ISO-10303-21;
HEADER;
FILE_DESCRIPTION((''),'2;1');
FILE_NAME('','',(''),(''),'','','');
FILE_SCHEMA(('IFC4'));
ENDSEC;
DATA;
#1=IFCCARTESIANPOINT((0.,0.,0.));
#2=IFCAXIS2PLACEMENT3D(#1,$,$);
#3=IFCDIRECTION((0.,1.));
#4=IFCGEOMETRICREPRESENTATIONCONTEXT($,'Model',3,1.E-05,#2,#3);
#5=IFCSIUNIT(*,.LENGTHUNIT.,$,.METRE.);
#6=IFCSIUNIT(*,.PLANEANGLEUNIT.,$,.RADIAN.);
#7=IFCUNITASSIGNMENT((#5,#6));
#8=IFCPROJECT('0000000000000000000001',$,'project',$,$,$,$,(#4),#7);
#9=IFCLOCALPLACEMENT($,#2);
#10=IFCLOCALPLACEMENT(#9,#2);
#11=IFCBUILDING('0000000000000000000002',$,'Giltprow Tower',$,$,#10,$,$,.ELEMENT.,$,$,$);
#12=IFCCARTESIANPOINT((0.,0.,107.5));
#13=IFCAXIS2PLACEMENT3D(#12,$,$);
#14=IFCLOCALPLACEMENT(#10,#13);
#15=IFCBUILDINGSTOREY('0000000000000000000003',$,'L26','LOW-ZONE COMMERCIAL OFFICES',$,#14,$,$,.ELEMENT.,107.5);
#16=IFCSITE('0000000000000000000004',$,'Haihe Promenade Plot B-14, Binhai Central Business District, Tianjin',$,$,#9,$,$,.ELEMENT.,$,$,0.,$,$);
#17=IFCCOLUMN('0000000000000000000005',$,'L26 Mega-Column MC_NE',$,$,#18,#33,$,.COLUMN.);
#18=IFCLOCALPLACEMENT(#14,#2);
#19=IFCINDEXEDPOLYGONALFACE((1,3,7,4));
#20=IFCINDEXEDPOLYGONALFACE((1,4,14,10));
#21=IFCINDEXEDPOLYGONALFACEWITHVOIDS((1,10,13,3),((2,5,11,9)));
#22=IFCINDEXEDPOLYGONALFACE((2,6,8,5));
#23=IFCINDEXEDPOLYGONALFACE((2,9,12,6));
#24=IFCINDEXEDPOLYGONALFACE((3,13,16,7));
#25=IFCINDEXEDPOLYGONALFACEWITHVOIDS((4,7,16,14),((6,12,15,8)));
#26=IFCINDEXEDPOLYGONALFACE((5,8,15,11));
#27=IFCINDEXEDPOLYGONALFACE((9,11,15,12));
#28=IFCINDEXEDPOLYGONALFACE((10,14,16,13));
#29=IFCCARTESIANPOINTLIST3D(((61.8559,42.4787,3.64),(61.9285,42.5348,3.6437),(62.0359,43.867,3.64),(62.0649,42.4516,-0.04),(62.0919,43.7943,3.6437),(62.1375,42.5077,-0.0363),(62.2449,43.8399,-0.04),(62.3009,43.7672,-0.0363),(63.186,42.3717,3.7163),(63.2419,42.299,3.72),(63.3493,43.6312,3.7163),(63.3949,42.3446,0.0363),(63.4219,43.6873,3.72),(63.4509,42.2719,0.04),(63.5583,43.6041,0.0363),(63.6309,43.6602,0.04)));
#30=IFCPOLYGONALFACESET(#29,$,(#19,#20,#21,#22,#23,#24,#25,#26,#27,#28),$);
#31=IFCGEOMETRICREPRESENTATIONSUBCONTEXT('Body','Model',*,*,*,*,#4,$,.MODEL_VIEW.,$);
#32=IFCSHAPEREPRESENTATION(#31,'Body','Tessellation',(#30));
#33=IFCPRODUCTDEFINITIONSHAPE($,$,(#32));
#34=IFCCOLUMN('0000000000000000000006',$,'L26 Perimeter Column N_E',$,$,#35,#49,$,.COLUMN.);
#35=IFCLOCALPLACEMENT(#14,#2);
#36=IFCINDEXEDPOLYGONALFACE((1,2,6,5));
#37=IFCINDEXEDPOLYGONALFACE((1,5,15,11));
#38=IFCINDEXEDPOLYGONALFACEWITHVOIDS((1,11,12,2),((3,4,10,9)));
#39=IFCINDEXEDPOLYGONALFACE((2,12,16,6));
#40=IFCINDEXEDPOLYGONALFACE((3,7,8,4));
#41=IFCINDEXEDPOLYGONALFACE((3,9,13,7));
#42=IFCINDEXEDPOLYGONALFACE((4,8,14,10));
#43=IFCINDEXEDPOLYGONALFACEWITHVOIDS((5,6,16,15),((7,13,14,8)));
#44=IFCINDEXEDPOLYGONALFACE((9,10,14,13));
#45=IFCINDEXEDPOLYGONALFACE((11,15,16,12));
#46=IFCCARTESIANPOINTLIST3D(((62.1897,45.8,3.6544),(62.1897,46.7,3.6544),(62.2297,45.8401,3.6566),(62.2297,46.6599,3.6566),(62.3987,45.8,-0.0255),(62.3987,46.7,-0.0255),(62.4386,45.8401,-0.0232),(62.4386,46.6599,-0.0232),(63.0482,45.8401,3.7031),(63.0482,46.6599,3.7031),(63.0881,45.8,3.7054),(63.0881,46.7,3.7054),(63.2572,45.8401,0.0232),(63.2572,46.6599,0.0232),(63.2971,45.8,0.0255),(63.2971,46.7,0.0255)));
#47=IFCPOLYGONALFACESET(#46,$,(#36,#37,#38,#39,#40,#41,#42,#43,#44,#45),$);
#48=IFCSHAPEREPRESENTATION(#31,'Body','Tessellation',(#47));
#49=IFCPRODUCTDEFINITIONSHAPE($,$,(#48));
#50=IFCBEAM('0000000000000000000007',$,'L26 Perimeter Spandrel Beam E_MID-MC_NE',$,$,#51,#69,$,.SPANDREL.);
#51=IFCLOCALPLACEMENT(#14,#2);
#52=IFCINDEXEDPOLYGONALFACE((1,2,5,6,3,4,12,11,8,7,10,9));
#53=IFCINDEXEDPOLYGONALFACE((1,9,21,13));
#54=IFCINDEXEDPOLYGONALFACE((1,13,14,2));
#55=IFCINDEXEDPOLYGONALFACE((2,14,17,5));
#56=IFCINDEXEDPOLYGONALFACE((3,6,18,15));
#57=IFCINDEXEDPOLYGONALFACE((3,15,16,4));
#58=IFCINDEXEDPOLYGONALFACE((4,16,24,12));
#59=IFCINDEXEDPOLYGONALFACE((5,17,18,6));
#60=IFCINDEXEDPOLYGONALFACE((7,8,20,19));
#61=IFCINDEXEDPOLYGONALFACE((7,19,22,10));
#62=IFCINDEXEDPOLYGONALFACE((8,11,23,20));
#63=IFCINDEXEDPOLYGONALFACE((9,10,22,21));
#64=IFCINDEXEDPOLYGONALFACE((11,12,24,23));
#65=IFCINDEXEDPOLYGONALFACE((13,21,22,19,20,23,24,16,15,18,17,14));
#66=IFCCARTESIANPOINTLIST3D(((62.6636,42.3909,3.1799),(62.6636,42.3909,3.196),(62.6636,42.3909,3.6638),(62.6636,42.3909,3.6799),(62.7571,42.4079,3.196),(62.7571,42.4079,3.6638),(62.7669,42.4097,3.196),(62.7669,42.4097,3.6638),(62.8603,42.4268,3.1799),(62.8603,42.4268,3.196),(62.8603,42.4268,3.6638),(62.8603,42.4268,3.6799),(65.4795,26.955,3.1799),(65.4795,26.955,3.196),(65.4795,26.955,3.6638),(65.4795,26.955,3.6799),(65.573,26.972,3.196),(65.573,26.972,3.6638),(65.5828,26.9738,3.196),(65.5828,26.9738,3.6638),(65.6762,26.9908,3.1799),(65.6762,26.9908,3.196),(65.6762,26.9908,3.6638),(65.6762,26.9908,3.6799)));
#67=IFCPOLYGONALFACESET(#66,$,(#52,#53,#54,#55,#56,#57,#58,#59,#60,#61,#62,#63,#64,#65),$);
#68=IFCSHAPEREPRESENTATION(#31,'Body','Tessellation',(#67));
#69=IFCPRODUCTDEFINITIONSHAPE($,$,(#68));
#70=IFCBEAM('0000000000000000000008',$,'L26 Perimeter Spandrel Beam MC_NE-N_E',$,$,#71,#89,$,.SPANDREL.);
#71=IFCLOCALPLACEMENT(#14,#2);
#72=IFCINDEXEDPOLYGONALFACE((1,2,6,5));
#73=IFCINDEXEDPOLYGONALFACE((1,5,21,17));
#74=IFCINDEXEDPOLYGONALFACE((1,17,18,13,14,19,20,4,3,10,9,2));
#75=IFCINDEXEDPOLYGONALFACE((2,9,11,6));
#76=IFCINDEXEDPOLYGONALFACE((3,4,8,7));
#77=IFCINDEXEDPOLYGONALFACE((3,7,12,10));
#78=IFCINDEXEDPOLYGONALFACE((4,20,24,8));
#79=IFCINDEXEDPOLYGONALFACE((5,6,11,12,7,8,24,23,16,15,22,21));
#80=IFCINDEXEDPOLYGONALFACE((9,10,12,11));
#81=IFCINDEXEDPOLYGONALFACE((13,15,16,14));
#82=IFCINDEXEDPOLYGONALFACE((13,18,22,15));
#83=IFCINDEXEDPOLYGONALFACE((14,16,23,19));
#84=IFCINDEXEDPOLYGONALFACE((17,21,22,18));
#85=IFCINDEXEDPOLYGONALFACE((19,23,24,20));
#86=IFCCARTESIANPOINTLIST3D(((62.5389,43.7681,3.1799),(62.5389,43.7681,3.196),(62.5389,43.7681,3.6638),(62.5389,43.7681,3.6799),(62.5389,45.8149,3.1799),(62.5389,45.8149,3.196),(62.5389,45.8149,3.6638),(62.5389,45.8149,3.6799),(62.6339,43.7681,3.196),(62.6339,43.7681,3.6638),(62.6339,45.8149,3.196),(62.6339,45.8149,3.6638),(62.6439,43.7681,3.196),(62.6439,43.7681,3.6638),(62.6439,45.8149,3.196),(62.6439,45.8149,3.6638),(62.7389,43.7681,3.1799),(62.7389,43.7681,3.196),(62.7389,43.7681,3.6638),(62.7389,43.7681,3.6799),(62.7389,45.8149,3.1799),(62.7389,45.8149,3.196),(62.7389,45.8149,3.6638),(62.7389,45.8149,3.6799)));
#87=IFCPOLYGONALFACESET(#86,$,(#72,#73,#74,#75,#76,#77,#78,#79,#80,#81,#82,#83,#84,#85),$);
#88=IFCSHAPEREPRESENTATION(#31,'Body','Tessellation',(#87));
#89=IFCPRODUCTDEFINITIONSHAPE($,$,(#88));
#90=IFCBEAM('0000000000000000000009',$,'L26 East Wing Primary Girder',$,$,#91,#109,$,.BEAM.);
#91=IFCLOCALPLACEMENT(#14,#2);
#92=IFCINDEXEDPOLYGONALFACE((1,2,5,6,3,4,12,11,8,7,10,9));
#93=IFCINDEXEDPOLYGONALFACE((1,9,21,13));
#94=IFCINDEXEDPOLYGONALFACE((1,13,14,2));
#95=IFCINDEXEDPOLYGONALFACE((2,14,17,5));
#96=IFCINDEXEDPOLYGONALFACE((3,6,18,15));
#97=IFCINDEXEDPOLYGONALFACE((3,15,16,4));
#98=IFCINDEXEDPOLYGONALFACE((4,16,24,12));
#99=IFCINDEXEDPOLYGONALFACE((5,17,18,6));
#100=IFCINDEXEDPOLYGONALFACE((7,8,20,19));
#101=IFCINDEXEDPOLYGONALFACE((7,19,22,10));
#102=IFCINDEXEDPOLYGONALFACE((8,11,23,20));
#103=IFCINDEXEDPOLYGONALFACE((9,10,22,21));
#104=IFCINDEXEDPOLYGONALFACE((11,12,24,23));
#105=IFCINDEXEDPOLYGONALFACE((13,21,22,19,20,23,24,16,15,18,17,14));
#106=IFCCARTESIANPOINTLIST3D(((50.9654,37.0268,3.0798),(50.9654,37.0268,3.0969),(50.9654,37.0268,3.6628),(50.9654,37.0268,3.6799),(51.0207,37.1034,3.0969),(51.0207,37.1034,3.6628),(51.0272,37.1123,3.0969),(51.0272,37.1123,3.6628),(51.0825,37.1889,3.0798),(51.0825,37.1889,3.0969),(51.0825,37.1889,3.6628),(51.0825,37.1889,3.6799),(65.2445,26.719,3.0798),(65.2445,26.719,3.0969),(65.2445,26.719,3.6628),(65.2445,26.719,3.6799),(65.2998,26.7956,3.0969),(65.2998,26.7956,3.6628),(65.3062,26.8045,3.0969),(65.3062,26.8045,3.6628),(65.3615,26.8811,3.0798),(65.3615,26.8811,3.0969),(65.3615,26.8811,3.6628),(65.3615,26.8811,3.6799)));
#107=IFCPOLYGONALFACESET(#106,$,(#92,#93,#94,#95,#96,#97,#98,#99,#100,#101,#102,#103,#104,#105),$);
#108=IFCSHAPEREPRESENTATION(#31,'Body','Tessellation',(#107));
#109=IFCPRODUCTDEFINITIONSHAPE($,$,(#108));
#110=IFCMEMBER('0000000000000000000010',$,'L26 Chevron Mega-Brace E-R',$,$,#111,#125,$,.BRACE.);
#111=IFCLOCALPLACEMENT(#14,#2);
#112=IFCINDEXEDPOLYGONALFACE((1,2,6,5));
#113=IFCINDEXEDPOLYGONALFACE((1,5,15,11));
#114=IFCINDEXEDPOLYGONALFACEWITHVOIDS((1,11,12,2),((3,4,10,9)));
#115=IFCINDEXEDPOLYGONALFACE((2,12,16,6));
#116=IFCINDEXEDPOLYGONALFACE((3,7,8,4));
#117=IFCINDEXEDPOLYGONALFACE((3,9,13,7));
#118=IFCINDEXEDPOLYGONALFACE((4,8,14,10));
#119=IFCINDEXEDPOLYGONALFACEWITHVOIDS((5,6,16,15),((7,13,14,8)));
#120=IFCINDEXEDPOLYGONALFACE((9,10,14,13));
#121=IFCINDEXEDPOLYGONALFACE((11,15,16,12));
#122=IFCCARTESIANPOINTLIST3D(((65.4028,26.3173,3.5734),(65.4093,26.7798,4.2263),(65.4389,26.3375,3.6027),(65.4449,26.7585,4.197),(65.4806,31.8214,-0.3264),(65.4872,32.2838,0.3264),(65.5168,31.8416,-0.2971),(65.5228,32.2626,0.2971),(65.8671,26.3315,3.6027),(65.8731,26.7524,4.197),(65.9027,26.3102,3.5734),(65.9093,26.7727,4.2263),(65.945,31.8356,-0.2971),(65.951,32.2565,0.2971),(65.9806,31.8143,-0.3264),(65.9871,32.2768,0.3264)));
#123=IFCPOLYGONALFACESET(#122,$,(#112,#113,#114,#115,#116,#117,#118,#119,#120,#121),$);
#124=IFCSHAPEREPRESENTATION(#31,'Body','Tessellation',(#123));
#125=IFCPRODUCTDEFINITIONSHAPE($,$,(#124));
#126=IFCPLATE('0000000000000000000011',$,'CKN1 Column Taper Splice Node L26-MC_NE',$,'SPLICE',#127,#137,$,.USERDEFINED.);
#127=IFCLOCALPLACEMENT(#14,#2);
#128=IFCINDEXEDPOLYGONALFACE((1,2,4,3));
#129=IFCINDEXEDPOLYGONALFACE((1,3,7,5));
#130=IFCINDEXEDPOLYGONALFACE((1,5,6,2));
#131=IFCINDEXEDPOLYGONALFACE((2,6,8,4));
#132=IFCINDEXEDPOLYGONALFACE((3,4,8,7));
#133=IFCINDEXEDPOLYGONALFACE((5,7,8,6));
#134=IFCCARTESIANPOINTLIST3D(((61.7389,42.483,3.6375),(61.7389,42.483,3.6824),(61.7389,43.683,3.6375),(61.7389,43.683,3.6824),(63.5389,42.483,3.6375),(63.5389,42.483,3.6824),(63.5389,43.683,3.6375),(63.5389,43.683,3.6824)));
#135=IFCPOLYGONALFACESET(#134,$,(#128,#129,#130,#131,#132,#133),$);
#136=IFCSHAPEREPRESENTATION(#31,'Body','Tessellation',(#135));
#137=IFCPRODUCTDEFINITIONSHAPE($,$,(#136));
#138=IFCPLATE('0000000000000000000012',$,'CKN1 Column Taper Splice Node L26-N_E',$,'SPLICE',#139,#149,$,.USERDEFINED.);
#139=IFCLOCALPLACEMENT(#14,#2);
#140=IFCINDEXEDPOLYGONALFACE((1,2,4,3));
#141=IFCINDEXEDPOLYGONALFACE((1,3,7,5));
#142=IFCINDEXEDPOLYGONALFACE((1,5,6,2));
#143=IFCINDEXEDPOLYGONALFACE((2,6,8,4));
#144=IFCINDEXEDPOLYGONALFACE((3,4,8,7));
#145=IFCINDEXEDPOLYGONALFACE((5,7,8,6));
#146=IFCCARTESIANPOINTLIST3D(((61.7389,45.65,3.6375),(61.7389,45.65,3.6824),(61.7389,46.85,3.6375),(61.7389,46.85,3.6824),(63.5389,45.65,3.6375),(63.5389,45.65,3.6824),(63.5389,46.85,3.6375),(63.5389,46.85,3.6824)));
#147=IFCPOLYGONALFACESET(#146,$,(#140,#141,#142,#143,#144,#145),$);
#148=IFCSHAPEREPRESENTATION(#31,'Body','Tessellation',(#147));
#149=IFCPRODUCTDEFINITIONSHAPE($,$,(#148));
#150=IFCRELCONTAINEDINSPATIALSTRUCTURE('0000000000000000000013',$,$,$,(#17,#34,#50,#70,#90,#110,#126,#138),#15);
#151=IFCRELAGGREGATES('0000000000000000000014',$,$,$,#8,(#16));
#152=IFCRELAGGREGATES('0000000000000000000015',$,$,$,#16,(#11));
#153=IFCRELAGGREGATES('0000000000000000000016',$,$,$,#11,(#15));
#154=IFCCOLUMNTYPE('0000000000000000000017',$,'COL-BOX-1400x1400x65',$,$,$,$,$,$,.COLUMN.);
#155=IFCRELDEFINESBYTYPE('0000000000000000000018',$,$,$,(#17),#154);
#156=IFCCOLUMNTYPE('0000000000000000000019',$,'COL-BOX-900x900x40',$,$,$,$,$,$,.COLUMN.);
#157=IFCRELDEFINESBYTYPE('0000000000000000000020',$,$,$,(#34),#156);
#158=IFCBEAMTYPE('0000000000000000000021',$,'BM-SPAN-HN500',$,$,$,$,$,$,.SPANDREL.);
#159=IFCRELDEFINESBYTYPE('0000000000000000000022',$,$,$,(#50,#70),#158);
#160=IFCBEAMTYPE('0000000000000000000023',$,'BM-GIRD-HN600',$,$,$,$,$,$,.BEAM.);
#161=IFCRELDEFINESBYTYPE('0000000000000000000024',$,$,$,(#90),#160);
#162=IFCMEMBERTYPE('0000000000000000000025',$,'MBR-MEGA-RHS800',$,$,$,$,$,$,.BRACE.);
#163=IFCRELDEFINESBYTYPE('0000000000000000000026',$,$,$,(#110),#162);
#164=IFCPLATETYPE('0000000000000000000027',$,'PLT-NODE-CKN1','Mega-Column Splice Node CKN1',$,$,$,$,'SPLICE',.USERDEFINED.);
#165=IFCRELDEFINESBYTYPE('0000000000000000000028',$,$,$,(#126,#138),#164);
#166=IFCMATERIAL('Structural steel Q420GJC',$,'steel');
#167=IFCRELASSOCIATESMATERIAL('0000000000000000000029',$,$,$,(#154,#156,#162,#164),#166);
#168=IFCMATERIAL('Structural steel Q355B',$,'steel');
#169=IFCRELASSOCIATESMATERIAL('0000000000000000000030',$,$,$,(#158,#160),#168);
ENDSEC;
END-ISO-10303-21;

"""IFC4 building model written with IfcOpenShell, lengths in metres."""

from ifc_helpers import new_model, si_unit, direction, frame, origin, origin_2d, place, context, subcontext, project, spatial, rectangle, hollow_rectangle, i_section, extrude, source, transform, mapped, material, material_profile, profile_set, type_object, element, save


model = new_model("IFC4")

# Units and contexts
model_context = context("Model", 3, precision=1e-05, world=origin(), true_north=direction((0.0, 1.0)))
body_context = subcontext(model_context, "Body", "Model", "MODEL_VIEW")
ifc_project = project(units=[si_unit("LENGTHUNIT", "METRE"), si_unit("PLANEANGLEUNIT", "RADIAN")], contexts=[model_context])

# Site, building, storey
site_placement = place(None, origin())
site = spatial("IfcSite", under=ifc_project, at=site_placement, Name="Haihe Promenade Plot B-14, Binhai Central Business District, Tianjin", CompositionType="ELEMENT", RefElevation=0.0)
building_placement = place(site_placement, origin())
building = spatial("IfcBuilding", under=site, at=building_placement, Name="Giltprow Tower", CompositionType="ELEMENT")
storey_placement = place(building_placement, frame((0.0, 0.0, 107.5)))
storey = spatial("IfcBuildingStorey", under=building, at=storey_placement, Name="L26", Description="LOW-ZONE COMMERCIAL OFFICES", CompositionType="ELEMENT", Elevation=107.5)

# Columns
ifc_material_1 = material(Name="Structural steel Q420GJC", Category="steel")
ifc_material_profile_1 = material_profile(ifc_material_1, hollow_rectangle(XDim=1.3999, YDim=1.3999, WallThickness=0.0649, at=origin_2d()), Name="BOX 1400x1400x65")
ifc_profile_set_1 = profile_set([ifc_material_profile_1], Name="Structural steel Q420GJC")
column_type_1 = type_object("IfcColumnType", Name="COL-BOX-1400x1400x65", PredefinedType="COLUMN", material=ifc_profile_set_1)
shared_shape_1 = source(origin(), body_context, "Body", "SweptSolid", [
    extrude(hollow_rectangle(XDim=1.3999, YDim=1.3999, WallThickness=0.0649, at=origin_2d()), origin(), (0.0, 0.0, 1.0), 3.686),
])
column_1_placement = place(storey_placement, frame((62.8479, 43.0559, 0.0), z_axis=(-0.056697, 0.007352, 0.998364), x_axis=(-0.128596, -0.991697, 0.0)))
element("IfcColumn", 1, at=column_1_placement, inside=storey, type_object=column_type_1, Name="L26 Mega-Column MC_NE", PredefinedType="COLUMN", context=body_context, shape_type="MappedRepresentation", body=[
    mapped(shared_shape_1, transform((0.0, 0.0, 0.0), x_axis=(1.0, 0.0, 0.0), y_axis=(0.0, 1.0, 0.0), z_axis=(0.0, 0.0, 1.0), scale=1.0)),
])
ifc_material_profile_2 = material_profile(ifc_material_1, hollow_rectangle(XDim=0.8999, YDim=0.8999, WallThickness=0.04, at=origin_2d()), Name="BOX 900x900x40")
ifc_profile_set_2 = profile_set([ifc_material_profile_2], Name="Structural steel Q420GJC")
column_type_2 = type_object("IfcColumnType", Name="COL-BOX-900x900x40", PredefinedType="COLUMN", material=ifc_profile_set_2)
shared_shape_2 = source(origin(), body_context, "Body", "SweptSolid", [
    extrude(hollow_rectangle(XDim=0.8999, YDim=0.8999, WallThickness=0.04, at=origin_2d()), origin(), (0.0, 0.0, 1.0), 3.6858),
])
column_2_placement = place(storey_placement, frame((62.8479, 46.25, 0.0), z_axis=(-0.056699, 0.0, 0.998391), x_axis=(0.0, -1.0, 0.0)))
element("IfcColumn", 2, at=column_2_placement, inside=storey, type_object=column_type_2, Name="L26 Perimeter Column N_E", PredefinedType="COLUMN", context=body_context, shape_type="MappedRepresentation", body=[
    mapped(shared_shape_2, transform((0.0, 0.0, 0.0), x_axis=(1.0, 0.0, 0.0), y_axis=(0.0, 1.0, 0.0), z_axis=(0.0, 0.0, 1.0), scale=1.0)),
])

# Beams
ifc_material_2 = material(Name="Structural steel Q355B", Category="steel")
ifc_material_profile_3 = material_profile(ifc_material_2, i_section(OverallWidth=0.2, OverallDepth=0.5, WebThickness=0.01, FlangeThickness=0.0161, at=origin_2d()), Name="HN 500x200x10x16")
ifc_profile_set_3 = profile_set([ifc_material_profile_3], Name="Structural steel Q355B")
beam_type_1 = type_object("IfcBeamType", Name="BM-SPAN-HN500", PredefinedType="SPANDREL", material=ifc_profile_set_3)
shared_shape_3 = source(origin(), body_context, "Body", "SweptSolid", [
    extrude(i_section(OverallWidth=0.2, OverallDepth=0.5, WebThickness=0.01, FlangeThickness=0.0161, at=origin_2d()), origin(), (0.0, 0.0, 1.0), 15.6907),
])
beam_1_placement = place(storey_placement, frame((65.5779, 26.9729, 3.4299), z_axis=(-0.179463, 0.983765, 0.0), x_axis=(-0.983765, -0.179463, 0.0)))
element("IfcBeam", 3, at=beam_1_placement, inside=storey, type_object=beam_type_1, Name="L26 Perimeter Spandrel Beam E_MID-MC_NE", PredefinedType="SPANDREL", context=body_context, shape_type="MappedRepresentation", body=[
    mapped(shared_shape_3, transform((0.0, 0.0, 0.0), x_axis=(1.0, 0.0, 0.0), y_axis=(0.0, 1.0, 0.0), z_axis=(0.0, 0.0, 1.0), scale=1.0)),
])
shared_shape_4 = source(origin(), body_context, "Body", "SweptSolid", [
    extrude(i_section(OverallWidth=0.2, OverallDepth=0.5, WebThickness=0.01, FlangeThickness=0.0161, at=origin_2d()), origin(), (0.0, 0.0, 1.0), 2.0469),
])
beam_2_placement = place(storey_placement, frame((62.6389, 43.7681, 3.4299), z_axis=(0.0, 1.0, 0.0), x_axis=(-1.0, 0.0, 0.0)))
element("IfcBeam", 4, at=beam_2_placement, inside=storey, type_object=beam_type_1, Name="L26 Perimeter Spandrel Beam MC_NE-N_E", PredefinedType="SPANDREL", context=body_context, shape_type="MappedRepresentation", body=[
    mapped(shared_shape_4, transform((0.0, 0.0, 0.0), x_axis=(1.0, 0.0, 0.0), y_axis=(0.0, 1.0, 0.0), z_axis=(0.0, 0.0, 1.0), scale=1.0)),
])
ifc_material_profile_4 = material_profile(ifc_material_2, i_section(OverallWidth=0.2, OverallDepth=0.6001, WebThickness=0.011, FlangeThickness=0.0171, at=origin_2d()), Name="HN 600x200x11x17")
ifc_profile_set_4 = profile_set([ifc_material_profile_4], Name="Structural steel Q355B")
beam_type_2 = type_object("IfcBeamType", Name="BM-GIRD-HN600", PredefinedType="BEAM", material=ifc_profile_set_4)
shared_shape_5 = source(origin(), body_context, "Body", "SweptSolid", [
    extrude(i_section(OverallWidth=0.2, OverallDepth=0.6001, WebThickness=0.011, FlangeThickness=0.0171, at=origin_2d()), origin(), (0.0, 0.0, 1.0), 17.6108),
])
beam_3_placement = place(storey_placement, frame((65.303, 26.8, 3.3799), z_axis=(-0.810808, 0.585312, 0.0), x_axis=(-0.585312, -0.810808, 0.0)))
element("IfcBeam", 5, at=beam_3_placement, inside=storey, type_object=beam_type_2, Name="L26 East Wing Primary Girder", PredefinedType="BEAM", context=body_context, shape_type="MappedRepresentation", body=[
    mapped(shared_shape_5, transform((0.0, 0.0, 0.0), x_axis=(1.0, 0.0, 0.0), y_axis=(0.0, 1.0, 0.0), z_axis=(0.0, 0.0, 1.0), scale=1.0)),
])

# Member
ifc_material_profile_5 = material_profile(ifc_material_1, hollow_rectangle(XDim=0.5, YDim=0.8, WallThickness=0.0359, at=origin_2d()), Name="RHS 800x500x36")
ifc_profile_set_5 = profile_set([ifc_material_profile_5], Name="Structural steel Q420GJC")
member_type = type_object("IfcMemberType", Name="MBR-MEGA-RHS800", PredefinedType="BRACE", material=ifc_profile_set_5)
shared_shape_6 = source(origin(), body_context, "Body", "SweptSolid", [
    extrude(hollow_rectangle(XDim=0.5, YDim=0.8, WallThickness=0.0359, at=origin_2d()), origin(), (0.0, 0.0, 1.0), 6.7461),
])
member_placement = place(storey_placement, frame((65.7339, 32.0491, 0.0), z_axis=(-0.011544, -0.815891, 0.57809), x_axis=(0.9999, -0.014148, 0.0)))
element("IfcMember", 6, at=member_placement, inside=storey, type_object=member_type, Name="L26 Chevron Mega-Brace E-R", PredefinedType="BRACE", context=body_context, shape_type="MappedRepresentation", body=[
    mapped(shared_shape_6, transform((0.0, 0.0, 0.0), x_axis=(1.0, 0.0, 0.0), y_axis=(0.0, 1.0, 0.0), z_axis=(0.0, 0.0, 1.0), scale=1.0)),
])

# Plates
plate_type = type_object("IfcPlateType", Name="PLT-NODE-CKN1", Description="Mega-Column Splice Node CKN1", ElementType="SPLICE", PredefinedType="USERDEFINED", material=ifc_material_1)
shared_shape_7 = source(origin(), body_context, "Body", "SweptSolid", [
    extrude(rectangle(XDim=1.8, YDim=1.2, at=origin_2d()), origin(), (0.0, 0.0, 1.0), 0.0449),
])
for number, where, z_axis, x_axis, name in (
    (7, (62.6389, 43.083, 3.6375), (0.0, 0.0, 1.0), (1.0, 0.0, 0.0), "CKN1 Column Taper Splice Node L26-MC_NE"),
    (8, (62.6389, 46.25, 3.6375), (0.0, 0.0, 1.0), (1.0, 0.0, 0.0), "CKN1 Column Taper Splice Node L26-N_E"),
):
    element("IfcPlate", number, at=place(storey_placement, frame(where, z_axis=z_axis, x_axis=x_axis)), inside=storey, type_object=plate_type, Name=name, ObjectType="SPLICE", PredefinedType="USERDEFINED", context=body_context, shape_type="MappedRepresentation", body=[
        mapped(shared_shape_7, transform((0.0, 0.0, 0.0), x_axis=(1.0, 0.0, 0.0), y_axis=(0.0, 1.0, 0.0), z_axis=(0.0, 0.0, 1.0), scale=1.0)),
    ])

save(model, "model.ifc")
